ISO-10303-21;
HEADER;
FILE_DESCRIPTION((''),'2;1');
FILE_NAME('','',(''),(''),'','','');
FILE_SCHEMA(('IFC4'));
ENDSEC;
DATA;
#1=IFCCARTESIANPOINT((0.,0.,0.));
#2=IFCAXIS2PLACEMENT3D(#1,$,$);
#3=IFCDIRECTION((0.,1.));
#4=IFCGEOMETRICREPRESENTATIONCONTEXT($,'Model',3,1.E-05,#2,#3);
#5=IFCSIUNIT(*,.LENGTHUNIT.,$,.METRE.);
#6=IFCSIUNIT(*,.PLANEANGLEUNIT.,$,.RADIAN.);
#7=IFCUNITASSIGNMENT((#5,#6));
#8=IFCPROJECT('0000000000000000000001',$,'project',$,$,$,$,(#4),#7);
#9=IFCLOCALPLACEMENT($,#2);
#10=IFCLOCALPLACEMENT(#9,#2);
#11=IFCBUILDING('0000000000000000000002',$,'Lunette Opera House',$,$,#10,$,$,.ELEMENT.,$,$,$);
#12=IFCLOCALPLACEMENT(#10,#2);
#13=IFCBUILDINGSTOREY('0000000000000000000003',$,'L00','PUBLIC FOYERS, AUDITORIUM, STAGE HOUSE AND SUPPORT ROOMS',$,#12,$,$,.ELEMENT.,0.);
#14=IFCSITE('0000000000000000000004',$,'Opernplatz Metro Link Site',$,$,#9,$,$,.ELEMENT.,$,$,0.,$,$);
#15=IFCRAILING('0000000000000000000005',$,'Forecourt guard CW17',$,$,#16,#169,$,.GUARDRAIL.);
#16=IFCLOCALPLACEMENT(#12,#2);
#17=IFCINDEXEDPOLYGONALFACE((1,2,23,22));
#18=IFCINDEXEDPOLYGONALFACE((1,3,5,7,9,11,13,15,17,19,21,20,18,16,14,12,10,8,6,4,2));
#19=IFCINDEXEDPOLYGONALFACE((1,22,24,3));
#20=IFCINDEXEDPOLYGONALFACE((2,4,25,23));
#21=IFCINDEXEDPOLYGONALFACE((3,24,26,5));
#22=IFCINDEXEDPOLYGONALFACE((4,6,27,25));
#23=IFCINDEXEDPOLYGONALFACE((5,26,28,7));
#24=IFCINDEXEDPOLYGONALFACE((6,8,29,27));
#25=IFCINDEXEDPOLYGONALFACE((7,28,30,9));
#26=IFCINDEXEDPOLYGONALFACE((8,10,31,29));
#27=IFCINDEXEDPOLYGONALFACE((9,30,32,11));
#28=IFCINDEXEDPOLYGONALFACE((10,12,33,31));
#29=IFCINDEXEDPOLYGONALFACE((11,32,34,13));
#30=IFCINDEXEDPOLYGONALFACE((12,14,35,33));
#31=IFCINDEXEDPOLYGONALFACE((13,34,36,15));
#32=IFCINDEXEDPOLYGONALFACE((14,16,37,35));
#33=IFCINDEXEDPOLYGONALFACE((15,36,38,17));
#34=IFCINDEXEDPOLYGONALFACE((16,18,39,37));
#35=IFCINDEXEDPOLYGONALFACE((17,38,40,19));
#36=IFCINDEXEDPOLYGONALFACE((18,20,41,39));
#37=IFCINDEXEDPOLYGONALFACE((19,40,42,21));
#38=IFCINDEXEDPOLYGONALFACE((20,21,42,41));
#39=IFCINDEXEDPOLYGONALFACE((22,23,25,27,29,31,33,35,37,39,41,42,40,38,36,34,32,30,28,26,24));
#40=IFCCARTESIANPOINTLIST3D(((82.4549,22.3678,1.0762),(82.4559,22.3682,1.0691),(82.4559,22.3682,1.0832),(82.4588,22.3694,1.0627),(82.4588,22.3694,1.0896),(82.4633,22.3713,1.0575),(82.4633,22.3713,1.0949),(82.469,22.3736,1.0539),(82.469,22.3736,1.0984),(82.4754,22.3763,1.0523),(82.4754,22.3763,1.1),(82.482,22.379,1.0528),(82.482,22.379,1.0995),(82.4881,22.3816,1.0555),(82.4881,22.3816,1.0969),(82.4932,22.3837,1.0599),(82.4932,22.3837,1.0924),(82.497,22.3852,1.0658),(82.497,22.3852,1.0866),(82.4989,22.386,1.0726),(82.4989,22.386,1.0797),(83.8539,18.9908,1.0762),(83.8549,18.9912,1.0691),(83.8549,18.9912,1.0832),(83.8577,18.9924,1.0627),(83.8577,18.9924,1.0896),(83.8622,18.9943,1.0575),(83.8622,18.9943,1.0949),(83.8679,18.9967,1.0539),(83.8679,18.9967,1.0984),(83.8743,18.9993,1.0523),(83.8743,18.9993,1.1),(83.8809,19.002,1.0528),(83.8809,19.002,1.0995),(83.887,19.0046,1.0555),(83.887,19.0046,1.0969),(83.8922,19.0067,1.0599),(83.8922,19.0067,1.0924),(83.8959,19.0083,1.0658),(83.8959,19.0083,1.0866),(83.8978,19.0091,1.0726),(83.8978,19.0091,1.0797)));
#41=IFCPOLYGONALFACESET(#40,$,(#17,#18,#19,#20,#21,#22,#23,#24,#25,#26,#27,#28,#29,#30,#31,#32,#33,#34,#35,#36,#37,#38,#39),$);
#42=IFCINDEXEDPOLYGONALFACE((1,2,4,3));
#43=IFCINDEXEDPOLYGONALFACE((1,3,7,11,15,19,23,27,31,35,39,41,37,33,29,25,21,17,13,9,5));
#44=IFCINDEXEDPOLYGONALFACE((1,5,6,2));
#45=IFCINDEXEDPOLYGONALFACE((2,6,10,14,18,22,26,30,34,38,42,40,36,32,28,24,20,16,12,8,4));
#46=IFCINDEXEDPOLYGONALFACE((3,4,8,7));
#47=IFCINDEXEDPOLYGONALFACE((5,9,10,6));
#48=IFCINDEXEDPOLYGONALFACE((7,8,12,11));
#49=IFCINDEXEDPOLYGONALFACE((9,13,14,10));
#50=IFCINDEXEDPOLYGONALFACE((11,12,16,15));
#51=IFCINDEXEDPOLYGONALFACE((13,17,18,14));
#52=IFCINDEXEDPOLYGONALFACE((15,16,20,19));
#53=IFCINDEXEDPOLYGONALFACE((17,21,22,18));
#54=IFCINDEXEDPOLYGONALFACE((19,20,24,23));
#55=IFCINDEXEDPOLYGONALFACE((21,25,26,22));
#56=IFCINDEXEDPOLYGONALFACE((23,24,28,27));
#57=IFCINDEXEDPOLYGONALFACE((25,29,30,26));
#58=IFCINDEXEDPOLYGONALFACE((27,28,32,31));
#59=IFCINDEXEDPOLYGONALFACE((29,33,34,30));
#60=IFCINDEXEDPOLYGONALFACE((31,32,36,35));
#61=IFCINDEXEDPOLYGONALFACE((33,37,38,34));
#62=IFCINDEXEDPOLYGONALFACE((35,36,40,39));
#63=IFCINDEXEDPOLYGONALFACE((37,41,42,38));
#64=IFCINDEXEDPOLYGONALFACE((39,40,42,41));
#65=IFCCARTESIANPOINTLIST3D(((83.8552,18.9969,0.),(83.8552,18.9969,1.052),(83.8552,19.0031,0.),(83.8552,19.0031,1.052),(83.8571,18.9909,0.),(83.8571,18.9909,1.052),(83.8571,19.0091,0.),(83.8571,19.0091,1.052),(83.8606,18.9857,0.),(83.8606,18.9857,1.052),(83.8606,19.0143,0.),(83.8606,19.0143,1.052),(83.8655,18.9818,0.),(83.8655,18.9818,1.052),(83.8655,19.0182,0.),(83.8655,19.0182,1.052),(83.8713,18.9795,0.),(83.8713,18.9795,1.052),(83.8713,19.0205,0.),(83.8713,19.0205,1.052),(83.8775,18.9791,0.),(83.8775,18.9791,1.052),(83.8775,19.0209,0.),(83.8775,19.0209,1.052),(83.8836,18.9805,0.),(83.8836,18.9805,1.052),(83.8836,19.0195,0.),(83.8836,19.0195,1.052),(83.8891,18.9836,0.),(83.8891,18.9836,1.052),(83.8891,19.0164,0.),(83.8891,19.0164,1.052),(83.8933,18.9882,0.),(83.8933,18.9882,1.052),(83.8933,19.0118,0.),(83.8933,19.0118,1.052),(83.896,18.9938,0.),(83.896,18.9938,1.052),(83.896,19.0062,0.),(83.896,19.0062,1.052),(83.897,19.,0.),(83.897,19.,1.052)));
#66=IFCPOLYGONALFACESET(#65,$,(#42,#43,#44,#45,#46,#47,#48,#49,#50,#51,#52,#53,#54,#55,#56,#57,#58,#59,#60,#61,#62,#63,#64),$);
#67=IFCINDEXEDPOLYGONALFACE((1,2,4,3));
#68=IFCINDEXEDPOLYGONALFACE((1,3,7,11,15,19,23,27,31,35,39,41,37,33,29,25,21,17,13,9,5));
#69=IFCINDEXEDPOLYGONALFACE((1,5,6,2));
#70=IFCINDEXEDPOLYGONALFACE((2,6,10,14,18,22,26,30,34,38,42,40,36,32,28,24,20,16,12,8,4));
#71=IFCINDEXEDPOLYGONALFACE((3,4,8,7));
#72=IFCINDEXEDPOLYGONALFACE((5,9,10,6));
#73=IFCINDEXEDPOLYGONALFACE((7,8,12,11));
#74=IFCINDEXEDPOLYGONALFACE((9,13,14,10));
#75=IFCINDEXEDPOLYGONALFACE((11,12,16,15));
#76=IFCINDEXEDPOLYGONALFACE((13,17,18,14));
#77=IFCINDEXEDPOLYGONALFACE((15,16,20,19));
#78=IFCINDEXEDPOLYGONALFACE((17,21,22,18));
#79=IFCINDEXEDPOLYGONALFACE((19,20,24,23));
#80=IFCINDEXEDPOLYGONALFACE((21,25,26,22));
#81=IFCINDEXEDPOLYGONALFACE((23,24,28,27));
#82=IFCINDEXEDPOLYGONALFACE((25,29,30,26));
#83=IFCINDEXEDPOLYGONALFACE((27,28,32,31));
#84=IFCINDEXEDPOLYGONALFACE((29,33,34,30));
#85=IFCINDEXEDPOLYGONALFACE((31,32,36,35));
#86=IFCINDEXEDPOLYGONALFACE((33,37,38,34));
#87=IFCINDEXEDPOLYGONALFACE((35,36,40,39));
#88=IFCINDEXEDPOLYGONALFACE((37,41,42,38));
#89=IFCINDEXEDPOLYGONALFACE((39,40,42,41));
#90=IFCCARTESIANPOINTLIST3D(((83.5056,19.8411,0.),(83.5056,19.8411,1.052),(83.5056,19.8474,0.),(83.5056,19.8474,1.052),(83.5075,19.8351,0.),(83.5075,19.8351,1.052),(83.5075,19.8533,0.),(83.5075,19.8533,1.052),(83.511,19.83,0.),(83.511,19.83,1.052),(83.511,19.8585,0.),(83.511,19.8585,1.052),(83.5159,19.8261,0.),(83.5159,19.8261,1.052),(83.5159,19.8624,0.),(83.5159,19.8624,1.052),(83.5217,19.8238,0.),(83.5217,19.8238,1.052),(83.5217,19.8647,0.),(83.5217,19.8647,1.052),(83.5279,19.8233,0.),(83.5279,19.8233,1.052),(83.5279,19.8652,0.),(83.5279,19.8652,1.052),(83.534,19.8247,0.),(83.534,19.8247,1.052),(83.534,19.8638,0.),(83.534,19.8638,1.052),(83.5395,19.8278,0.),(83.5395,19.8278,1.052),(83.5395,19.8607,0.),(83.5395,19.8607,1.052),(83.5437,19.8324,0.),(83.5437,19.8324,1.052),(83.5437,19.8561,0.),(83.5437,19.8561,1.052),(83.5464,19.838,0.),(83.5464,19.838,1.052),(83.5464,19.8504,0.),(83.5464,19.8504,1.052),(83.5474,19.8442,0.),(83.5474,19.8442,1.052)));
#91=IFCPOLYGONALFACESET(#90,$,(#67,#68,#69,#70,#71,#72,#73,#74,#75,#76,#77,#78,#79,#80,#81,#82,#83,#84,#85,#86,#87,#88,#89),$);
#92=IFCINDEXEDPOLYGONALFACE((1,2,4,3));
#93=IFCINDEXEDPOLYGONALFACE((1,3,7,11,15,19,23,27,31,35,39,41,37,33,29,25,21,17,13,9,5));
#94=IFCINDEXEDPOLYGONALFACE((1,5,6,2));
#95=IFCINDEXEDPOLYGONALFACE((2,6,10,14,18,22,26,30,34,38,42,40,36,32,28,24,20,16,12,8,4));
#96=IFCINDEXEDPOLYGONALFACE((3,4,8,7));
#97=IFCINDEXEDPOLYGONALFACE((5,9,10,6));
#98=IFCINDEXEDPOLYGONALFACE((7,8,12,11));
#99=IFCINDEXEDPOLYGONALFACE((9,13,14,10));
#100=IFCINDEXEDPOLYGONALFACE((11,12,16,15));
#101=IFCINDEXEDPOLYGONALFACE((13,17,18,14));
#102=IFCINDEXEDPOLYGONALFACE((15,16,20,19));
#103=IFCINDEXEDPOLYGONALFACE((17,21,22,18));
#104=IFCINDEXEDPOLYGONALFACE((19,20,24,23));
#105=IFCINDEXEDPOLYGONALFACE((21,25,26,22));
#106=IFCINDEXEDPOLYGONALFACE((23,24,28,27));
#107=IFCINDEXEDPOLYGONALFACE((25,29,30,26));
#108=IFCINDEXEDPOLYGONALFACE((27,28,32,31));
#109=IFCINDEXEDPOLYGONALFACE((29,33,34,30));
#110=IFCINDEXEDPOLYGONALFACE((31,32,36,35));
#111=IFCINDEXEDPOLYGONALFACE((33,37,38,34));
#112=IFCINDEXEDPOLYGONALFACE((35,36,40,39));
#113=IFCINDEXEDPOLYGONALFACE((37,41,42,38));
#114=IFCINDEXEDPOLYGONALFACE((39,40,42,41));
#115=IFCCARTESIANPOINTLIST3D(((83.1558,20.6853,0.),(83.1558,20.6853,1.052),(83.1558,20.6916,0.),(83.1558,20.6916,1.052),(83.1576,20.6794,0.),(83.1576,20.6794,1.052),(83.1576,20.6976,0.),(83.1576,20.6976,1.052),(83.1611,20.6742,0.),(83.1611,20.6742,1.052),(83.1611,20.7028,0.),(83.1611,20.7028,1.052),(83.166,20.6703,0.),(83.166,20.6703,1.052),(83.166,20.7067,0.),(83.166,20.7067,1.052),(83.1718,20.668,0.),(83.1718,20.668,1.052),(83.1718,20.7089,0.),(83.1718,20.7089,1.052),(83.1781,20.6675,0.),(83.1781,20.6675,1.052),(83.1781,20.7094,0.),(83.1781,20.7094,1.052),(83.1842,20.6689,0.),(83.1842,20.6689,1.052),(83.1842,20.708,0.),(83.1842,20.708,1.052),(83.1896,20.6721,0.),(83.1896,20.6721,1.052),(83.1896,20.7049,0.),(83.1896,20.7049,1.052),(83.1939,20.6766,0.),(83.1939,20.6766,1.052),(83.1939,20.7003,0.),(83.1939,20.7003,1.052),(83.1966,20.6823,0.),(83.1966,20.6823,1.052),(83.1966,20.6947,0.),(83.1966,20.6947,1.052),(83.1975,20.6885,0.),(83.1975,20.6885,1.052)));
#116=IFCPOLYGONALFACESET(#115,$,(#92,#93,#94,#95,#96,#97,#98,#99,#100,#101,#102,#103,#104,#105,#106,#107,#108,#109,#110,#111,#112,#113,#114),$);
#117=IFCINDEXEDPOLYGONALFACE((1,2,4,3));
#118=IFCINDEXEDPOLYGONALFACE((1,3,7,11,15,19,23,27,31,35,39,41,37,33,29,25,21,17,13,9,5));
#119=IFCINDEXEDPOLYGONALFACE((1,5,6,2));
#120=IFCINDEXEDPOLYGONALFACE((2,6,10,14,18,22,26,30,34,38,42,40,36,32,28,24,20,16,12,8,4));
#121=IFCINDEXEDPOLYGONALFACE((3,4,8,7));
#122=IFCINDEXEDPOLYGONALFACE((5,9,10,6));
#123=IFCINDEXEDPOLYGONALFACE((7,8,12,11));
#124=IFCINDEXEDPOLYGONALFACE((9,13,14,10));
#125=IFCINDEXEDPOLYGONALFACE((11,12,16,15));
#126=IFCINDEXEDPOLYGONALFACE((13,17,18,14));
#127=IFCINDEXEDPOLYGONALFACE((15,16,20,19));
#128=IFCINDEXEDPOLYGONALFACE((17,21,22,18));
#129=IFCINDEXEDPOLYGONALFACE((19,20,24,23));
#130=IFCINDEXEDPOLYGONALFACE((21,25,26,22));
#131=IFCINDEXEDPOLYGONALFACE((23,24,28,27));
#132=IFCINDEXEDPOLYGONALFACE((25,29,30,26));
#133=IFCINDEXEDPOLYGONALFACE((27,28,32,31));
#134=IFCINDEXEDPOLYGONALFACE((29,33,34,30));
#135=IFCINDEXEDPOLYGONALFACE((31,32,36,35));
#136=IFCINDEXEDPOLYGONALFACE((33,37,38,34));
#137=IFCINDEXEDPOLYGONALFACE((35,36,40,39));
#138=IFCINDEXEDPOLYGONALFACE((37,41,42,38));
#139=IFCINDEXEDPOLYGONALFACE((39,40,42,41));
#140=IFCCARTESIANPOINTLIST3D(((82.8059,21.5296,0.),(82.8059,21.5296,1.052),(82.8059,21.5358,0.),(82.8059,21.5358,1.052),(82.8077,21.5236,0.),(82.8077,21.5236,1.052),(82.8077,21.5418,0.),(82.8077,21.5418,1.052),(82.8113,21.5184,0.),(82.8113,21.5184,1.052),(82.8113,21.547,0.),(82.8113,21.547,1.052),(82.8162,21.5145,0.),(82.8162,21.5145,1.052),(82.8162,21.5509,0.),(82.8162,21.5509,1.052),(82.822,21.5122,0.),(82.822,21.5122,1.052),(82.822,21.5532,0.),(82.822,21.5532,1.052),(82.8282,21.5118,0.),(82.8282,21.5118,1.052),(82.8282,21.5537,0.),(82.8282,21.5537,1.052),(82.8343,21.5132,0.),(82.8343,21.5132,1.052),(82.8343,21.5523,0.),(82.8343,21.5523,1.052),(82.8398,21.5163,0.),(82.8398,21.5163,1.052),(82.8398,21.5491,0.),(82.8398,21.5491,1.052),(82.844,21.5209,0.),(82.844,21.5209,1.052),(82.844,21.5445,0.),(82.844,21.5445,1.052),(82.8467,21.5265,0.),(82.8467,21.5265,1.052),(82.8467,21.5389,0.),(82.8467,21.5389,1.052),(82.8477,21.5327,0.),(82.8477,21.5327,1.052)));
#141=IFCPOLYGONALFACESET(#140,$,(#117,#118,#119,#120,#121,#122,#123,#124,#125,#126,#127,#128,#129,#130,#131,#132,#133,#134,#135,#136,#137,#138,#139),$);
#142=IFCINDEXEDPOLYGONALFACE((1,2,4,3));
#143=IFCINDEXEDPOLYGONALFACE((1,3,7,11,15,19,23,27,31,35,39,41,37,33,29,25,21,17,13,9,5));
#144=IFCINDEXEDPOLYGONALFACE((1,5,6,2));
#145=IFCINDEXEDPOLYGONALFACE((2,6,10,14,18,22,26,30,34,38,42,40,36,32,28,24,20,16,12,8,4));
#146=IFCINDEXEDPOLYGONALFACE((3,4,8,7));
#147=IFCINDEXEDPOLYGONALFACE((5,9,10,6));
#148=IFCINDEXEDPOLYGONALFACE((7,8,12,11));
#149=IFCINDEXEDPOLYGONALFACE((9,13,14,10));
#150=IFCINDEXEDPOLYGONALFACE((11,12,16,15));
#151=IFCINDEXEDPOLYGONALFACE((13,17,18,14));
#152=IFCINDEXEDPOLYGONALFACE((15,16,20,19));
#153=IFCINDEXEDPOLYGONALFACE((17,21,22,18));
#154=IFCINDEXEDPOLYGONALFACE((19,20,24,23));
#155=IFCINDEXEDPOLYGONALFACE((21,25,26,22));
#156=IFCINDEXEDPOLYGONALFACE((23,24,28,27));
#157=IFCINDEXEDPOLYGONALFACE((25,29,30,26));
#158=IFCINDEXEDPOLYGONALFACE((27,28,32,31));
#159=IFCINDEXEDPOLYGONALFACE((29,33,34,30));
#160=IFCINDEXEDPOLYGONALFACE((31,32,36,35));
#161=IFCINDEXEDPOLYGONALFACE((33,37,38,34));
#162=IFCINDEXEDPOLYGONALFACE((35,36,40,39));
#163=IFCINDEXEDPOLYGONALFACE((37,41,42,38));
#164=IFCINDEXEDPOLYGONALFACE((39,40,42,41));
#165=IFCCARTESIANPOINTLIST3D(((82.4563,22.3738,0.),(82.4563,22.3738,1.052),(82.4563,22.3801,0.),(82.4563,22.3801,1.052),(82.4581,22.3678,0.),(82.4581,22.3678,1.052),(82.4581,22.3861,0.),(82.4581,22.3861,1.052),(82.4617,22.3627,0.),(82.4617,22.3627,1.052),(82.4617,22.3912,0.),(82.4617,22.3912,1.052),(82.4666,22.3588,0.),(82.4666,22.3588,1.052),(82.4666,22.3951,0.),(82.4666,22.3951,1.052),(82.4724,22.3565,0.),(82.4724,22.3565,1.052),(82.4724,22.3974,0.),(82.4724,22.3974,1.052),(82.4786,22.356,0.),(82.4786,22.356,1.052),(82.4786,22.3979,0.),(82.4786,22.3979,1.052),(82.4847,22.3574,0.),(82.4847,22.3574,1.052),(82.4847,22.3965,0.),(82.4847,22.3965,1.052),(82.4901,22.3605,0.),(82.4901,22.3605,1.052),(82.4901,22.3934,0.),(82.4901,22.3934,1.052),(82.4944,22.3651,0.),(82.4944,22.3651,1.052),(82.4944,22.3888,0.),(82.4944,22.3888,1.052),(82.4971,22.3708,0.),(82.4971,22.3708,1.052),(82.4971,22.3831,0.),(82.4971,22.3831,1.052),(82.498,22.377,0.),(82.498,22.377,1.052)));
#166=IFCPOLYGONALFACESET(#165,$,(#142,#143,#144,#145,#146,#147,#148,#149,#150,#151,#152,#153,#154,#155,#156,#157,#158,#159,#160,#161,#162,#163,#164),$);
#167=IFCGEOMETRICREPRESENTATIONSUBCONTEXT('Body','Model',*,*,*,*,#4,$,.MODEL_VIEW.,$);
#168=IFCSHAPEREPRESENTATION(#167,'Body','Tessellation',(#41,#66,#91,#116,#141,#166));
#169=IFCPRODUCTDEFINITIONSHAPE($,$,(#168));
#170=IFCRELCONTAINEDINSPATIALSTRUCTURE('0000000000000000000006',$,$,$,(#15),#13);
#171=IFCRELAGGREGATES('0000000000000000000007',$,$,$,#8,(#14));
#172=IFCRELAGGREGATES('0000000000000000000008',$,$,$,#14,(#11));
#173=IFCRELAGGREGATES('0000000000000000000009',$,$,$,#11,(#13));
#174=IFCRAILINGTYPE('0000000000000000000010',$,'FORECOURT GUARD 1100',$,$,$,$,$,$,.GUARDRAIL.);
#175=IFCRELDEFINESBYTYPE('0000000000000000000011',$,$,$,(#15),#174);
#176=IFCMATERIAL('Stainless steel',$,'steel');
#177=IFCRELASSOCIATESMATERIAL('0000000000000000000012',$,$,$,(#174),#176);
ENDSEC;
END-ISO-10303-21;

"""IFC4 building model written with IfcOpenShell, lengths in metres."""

from ifc_helpers import new_model, si_unit, direction, frame, origin, origin_2d, place, context, subcontext, project, spatial, circle, extrude, material, type_object, element, save


model = new_model("IFC4")

# Units and contexts
model_context = context("Model", 3, precision=1e-05, world=origin(), true_north=direction((0.0, 1.0)))
body_context = subcontext(model_context, "Body", "Model", "MODEL_VIEW")
ifc_project = project(units=[si_unit("LENGTHUNIT", "METRE"), si_unit("PLANEANGLEUNIT", "RADIAN")], contexts=[model_context])

# Site, building, storey
site_placement = place(None, origin())
site = spatial("IfcSite", under=ifc_project, at=site_placement, Name="Opernplatz Metro Link Site", CompositionType="ELEMENT", RefElevation=0.0)
building_placement = place(site_placement, origin())
building = spatial("IfcBuilding", under=site, at=building_placement, Name="Lunette Opera House", CompositionType="ELEMENT")
storey_placement = place(building_placement, origin())
storey = spatial("IfcBuildingStorey", under=building, at=storey_placement, Name="L00", Description="PUBLIC FOYERS, AUDITORIUM, STAGE HOUSE AND SUPPORT ROOMS", CompositionType="ELEMENT", Elevation=0.0)

# Railing
ifc_material_1 = material(Name="Stainless steel", Category="steel")
railing_type = type_object("IfcRailingType", Name="FORECOURT GUARD 1100", PredefinedType="GUARDRAIL", material=ifc_material_1)
railing_1_placement = place(storey_placement, frame((83.876, 19.0, 0.0)))
element("IfcRailing", 1, at=railing_1_placement, inside=storey, type_object=railing_type, Name="Forecourt guard CW17", PredefinedType="GUARDRAIL", context=body_context, shape_type="SweptSolid", body=[
    extrude(circle(Radius=0.0239, at=origin_2d()), frame((0.0, 0.0, 1.0762), z_axis=(-0.382718, 0.923865, 0.0), x_axis=(-0.923865, -0.382718, 0.0)), (0.0, 0.0, 1.0), 3.6553),
    extrude(circle(Radius=0.021, at=origin_2d()), origin(), (0.0, 0.0, 1.0), 1.052),
    extrude(circle(Radius=0.021, at=origin_2d()), frame((-0.3496, 0.8442, 0.0)), (0.0, 0.0, 1.0), 1.052),
    extrude(circle(Radius=0.021, at=origin_2d()), frame((-0.6995, 1.6885, 0.0)), (0.0, 0.0, 1.0), 1.052),
    extrude(circle(Radius=0.021, at=origin_2d()), frame((-1.0493, 2.5327, 0.0)), (0.0, 0.0, 1.0), 1.052),
    extrude(circle(Radius=0.021, at=origin_2d()), frame((-1.3989, 3.377, 0.0)), (0.0, 0.0, 1.0), 1.052),
])

save(model, "model.ifc")
